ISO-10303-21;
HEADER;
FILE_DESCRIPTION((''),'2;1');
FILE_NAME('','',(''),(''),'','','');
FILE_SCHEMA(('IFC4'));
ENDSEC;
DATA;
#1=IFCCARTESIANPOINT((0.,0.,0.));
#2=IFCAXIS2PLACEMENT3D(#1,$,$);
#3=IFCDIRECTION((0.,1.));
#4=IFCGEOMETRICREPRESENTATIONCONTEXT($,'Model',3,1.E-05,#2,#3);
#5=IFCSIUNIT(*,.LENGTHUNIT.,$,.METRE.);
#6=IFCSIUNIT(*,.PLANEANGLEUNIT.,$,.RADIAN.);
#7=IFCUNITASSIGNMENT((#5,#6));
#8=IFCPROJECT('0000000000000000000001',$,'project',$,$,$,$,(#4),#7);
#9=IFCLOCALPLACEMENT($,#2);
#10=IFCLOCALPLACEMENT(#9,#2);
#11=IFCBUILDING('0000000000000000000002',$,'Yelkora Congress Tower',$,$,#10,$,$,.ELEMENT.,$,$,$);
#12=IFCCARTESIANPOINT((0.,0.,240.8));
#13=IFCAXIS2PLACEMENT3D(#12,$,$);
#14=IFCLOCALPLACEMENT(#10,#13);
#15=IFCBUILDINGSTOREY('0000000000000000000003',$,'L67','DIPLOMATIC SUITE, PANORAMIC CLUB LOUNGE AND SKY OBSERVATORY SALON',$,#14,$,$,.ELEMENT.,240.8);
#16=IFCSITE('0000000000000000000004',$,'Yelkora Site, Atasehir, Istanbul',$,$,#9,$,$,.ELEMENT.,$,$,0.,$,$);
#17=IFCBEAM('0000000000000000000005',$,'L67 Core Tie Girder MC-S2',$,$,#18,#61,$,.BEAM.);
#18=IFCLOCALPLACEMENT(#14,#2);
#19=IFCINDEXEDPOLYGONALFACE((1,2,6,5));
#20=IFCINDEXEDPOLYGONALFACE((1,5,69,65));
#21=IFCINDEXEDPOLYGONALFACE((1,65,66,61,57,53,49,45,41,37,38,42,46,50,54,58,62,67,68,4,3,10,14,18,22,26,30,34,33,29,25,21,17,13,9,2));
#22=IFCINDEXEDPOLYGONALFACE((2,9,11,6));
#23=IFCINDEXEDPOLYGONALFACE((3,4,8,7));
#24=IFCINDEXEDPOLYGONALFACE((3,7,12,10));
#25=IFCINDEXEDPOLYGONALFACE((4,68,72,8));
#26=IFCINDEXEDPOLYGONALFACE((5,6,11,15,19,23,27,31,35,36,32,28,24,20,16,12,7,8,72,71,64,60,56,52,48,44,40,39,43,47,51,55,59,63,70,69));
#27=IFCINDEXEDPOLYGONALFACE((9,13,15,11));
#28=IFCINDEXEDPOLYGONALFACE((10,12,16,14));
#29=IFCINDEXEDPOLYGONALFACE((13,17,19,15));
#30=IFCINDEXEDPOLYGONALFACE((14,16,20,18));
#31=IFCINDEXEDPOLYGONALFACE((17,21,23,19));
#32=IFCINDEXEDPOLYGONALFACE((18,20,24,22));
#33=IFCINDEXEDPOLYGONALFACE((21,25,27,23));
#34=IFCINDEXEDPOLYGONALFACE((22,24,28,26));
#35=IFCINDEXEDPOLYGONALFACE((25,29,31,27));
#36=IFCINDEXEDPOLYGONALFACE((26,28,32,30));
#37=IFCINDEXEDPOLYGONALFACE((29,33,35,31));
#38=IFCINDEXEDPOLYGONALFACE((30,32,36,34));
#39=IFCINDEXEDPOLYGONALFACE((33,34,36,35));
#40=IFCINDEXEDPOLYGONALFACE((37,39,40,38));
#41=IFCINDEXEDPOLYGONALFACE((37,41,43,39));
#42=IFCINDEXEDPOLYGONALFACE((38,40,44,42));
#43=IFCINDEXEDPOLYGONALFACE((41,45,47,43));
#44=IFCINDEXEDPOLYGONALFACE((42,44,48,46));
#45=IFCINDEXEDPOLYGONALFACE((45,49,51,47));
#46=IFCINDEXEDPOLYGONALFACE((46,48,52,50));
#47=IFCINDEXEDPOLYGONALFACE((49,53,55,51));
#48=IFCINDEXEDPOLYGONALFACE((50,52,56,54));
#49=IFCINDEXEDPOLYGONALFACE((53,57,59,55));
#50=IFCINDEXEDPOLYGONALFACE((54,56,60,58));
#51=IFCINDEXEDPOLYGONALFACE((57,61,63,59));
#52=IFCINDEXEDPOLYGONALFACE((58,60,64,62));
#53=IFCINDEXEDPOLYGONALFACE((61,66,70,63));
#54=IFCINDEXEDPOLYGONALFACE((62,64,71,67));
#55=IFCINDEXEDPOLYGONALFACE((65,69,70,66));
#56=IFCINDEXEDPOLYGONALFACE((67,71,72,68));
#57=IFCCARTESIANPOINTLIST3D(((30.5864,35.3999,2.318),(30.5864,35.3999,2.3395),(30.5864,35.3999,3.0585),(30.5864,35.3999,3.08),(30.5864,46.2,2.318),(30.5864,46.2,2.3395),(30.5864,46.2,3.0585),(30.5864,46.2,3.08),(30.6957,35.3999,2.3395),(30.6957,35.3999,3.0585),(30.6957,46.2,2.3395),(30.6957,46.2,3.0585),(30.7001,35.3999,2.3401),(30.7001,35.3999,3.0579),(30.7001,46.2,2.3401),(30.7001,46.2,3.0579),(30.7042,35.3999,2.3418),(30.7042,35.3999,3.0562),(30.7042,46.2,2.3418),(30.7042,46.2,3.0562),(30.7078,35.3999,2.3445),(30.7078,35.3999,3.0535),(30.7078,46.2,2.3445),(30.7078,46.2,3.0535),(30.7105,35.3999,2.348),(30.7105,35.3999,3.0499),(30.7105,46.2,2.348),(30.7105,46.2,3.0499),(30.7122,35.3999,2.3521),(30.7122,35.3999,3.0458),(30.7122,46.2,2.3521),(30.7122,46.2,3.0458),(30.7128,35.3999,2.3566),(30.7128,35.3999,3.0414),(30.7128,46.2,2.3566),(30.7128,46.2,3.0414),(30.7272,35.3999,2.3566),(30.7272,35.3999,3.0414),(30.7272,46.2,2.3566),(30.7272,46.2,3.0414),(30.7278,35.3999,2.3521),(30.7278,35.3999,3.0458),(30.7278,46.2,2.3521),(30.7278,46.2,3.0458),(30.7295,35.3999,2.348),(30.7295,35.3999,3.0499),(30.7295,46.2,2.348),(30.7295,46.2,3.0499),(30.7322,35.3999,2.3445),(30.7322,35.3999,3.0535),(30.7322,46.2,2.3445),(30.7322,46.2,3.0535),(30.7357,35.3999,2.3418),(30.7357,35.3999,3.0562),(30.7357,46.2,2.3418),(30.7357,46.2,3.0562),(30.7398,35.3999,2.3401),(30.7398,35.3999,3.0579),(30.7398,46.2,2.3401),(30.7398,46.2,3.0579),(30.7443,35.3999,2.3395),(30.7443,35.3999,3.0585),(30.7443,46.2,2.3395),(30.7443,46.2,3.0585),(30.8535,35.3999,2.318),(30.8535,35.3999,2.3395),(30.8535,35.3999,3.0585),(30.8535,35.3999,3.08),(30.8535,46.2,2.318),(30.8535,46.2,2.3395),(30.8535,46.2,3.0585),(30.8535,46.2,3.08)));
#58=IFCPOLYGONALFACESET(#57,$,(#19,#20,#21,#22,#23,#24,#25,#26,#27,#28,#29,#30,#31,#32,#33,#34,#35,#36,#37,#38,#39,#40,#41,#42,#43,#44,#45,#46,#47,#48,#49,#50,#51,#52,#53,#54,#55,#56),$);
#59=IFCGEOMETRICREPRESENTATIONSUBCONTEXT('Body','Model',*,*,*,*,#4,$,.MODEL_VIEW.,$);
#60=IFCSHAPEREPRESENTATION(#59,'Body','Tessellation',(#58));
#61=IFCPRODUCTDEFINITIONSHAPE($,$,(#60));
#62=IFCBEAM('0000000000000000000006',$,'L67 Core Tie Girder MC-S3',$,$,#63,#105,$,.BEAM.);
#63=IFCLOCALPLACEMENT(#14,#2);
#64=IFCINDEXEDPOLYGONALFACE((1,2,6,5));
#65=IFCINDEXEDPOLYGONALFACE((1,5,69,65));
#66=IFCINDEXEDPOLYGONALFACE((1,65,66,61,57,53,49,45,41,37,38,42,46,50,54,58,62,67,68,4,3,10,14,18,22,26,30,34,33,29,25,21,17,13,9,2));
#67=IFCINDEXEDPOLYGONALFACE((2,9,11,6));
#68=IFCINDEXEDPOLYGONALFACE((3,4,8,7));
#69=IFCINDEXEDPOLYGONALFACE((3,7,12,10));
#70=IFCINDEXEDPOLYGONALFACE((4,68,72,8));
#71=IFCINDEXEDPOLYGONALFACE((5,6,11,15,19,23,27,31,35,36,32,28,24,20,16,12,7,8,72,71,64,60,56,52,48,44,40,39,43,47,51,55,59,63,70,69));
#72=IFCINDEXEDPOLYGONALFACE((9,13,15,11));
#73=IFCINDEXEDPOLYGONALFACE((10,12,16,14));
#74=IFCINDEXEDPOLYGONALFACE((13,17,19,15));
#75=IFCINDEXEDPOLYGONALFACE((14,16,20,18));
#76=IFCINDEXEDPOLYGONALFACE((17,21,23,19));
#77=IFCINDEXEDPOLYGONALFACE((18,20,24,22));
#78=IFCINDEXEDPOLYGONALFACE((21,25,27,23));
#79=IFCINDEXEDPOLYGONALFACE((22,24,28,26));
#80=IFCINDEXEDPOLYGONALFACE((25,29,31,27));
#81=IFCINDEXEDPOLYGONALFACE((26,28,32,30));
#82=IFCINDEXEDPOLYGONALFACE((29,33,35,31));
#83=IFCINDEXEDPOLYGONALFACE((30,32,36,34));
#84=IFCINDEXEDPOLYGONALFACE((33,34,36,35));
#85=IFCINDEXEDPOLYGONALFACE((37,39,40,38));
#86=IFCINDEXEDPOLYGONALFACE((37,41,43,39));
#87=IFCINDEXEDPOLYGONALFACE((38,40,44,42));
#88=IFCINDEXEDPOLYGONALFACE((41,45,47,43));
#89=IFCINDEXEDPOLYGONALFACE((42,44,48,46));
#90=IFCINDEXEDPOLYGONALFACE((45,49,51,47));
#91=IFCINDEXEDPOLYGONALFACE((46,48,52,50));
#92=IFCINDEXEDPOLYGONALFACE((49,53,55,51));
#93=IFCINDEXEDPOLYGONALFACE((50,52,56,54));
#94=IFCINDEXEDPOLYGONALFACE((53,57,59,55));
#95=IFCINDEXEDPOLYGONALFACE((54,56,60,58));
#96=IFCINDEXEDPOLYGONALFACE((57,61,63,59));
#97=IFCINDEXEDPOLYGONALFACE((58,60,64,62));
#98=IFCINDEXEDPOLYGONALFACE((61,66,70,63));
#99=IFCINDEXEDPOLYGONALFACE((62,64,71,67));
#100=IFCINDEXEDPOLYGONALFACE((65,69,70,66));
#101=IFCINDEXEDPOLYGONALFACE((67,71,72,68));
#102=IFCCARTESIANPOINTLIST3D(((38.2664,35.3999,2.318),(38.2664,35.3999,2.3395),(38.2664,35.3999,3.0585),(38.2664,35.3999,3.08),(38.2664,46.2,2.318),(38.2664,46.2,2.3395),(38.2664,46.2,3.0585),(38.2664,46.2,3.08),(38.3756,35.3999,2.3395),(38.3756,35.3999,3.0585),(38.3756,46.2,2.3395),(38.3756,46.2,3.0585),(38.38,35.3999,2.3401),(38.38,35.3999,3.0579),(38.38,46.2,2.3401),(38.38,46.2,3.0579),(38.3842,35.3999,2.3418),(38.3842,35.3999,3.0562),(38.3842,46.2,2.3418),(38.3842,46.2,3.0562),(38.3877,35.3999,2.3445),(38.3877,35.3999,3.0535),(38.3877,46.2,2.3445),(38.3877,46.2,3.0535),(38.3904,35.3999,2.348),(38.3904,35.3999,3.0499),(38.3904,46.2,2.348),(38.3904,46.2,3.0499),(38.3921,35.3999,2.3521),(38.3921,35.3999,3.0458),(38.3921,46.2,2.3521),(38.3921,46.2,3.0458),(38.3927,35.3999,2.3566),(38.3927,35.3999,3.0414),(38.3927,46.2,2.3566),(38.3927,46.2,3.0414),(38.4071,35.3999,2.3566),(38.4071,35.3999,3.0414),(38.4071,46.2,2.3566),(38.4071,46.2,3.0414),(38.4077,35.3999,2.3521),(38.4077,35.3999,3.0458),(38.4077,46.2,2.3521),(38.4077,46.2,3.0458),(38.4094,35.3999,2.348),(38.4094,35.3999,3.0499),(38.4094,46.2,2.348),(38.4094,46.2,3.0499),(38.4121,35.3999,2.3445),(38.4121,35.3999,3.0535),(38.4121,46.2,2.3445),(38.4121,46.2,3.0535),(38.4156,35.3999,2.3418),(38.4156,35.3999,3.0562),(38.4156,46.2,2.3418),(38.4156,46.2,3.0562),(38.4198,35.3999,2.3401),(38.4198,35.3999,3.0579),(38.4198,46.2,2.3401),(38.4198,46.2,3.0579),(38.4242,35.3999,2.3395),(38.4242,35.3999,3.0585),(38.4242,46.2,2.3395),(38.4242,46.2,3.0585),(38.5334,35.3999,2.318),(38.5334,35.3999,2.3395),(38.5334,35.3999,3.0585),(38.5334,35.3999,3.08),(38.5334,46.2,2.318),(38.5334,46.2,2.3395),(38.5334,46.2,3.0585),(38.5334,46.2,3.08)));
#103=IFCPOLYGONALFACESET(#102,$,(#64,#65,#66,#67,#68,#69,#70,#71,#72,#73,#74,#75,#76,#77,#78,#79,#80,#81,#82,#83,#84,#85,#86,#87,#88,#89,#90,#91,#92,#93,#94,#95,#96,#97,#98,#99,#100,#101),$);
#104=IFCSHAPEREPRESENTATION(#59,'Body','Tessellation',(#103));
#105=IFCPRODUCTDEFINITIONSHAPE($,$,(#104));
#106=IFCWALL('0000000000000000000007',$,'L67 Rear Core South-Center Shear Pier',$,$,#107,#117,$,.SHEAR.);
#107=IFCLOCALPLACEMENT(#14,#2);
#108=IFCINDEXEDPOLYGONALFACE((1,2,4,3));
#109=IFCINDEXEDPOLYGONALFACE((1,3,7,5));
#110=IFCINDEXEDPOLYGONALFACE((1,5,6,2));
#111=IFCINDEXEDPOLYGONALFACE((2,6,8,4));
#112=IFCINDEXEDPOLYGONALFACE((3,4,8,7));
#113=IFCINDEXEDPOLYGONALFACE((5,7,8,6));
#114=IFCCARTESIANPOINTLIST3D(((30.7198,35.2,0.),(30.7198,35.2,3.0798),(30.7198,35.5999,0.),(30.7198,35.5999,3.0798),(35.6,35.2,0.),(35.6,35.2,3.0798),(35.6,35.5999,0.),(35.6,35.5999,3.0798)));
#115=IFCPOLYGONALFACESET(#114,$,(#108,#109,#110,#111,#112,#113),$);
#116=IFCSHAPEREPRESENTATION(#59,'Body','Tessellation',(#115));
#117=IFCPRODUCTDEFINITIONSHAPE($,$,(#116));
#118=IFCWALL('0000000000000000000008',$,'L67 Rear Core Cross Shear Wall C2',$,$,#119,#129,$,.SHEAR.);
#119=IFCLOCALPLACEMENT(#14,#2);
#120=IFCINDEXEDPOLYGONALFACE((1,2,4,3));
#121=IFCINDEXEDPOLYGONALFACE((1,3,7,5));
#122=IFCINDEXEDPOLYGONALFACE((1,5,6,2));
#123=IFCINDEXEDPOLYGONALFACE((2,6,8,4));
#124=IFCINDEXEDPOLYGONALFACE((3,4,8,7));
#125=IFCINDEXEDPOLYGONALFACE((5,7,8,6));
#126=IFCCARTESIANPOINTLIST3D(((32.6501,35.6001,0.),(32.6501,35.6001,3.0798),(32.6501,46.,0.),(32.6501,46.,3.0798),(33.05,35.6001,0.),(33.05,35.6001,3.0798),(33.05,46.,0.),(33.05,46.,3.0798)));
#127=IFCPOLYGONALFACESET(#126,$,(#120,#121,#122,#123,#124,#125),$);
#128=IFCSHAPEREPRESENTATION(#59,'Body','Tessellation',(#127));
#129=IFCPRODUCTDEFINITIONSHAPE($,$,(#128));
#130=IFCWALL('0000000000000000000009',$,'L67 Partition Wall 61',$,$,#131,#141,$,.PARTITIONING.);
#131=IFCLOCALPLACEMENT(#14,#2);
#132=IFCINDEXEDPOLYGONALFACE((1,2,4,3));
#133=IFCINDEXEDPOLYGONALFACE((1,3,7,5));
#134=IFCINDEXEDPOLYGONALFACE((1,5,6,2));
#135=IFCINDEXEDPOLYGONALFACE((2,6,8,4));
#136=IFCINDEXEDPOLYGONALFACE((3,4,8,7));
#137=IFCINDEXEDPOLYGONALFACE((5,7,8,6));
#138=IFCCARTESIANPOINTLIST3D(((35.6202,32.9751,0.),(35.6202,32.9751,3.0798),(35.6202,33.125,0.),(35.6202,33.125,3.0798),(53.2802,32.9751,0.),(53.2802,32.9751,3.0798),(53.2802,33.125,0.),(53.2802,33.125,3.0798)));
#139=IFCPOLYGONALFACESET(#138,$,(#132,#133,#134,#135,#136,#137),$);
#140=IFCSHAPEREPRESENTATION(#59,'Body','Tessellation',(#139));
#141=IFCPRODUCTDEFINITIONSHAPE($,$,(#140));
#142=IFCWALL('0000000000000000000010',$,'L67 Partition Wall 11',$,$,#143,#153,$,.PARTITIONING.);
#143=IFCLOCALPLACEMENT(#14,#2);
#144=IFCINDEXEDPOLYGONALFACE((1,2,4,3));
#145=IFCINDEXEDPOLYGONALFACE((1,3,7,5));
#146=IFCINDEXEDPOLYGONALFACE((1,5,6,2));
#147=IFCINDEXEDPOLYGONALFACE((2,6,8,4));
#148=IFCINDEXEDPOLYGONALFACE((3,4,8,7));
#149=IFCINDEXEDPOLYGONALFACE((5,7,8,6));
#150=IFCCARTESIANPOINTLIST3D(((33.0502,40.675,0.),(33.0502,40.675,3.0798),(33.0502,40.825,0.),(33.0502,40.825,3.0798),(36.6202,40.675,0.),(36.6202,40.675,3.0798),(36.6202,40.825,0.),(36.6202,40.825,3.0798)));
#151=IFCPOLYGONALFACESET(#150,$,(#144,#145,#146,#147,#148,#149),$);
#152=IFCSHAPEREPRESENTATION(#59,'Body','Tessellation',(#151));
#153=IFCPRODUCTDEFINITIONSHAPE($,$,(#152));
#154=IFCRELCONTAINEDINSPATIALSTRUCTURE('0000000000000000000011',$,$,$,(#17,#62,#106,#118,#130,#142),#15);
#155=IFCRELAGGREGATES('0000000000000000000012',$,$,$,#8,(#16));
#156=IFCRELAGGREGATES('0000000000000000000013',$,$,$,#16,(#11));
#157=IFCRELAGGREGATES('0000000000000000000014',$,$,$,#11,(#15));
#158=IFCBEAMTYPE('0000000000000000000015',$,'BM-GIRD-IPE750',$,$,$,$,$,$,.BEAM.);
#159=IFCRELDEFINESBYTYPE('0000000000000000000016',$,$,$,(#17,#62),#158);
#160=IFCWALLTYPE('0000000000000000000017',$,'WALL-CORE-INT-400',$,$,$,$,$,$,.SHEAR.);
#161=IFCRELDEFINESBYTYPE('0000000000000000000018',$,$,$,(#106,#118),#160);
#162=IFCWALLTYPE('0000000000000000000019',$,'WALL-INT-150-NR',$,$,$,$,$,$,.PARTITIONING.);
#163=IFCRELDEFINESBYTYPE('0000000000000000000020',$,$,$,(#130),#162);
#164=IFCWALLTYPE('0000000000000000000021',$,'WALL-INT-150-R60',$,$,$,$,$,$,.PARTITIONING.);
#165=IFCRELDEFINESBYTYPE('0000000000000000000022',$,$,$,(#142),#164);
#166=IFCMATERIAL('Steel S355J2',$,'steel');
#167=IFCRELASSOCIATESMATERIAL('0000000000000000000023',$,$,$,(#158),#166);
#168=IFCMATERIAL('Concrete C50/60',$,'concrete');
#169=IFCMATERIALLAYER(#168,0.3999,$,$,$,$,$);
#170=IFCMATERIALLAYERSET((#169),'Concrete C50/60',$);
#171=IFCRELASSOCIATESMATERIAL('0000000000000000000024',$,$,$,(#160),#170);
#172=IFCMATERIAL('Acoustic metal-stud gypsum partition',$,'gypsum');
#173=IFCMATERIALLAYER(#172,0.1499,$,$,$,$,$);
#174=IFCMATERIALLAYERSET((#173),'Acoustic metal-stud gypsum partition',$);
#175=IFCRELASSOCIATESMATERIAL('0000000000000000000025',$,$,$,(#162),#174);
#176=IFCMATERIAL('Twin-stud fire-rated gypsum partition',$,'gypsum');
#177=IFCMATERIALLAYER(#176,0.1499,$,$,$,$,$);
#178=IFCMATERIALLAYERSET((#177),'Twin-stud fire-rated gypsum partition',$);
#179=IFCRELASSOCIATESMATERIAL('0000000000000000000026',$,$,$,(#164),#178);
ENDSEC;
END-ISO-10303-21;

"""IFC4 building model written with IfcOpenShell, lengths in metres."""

from ifc_helpers import new_model, si_unit, direction, frame, frame_2d, origin, origin_2d, place, context, subcontext, project, spatial, rectangle, i_section, extrude, material, layer, layer_set, material_profile, profile_set, type_object, element, save


model = new_model("IFC4")

# Units and contexts
model_context = context("Model", 3, precision=1e-05, world=origin(), true_north=direction((0.0, 1.0)))
body_context = subcontext(model_context, "Body", "Model", "MODEL_VIEW")
ifc_project = project(units=[si_unit("LENGTHUNIT", "METRE"), si_unit("PLANEANGLEUNIT", "RADIAN")], contexts=[model_context])

# Site, building, storey
site_placement = place(None, origin())
site = spatial("IfcSite", under=ifc_project, at=site_placement, Name="Yelkora Site, Atasehir, Istanbul", CompositionType="ELEMENT", RefElevation=0.0)
building_placement = place(site_placement, origin())
building = spatial("IfcBuilding", under=site, at=building_placement, Name="Yelkora Congress Tower", CompositionType="ELEMENT")
storey_placement = place(building_placement, frame((0.0, 0.0, 240.8)))
storey = spatial("IfcBuildingStorey", under=building, at=storey_placement, Name="L67", Description="DIPLOMATIC SUITE, PANORAMIC CLUB LOUNGE AND SKY OBSERVATORY SALON", CompositionType="ELEMENT", Elevation=240.8)

# Beams
ifc_material_1 = material(Name="Steel S355J2", Category="steel")
ifc_material_profile_1 = material_profile(ifc_material_1, i_section(OverallWidth=0.2671, OverallDepth=0.762, WebThickness=0.0144, FlangeThickness=0.0215, FilletRadius=0.0171, at=origin_2d()), Name="IPE 750x173")
ifc_profile_set_1 = profile_set([ifc_material_profile_1], Name="Steel S355J2")
beam_type = type_object("IfcBeamType", Name="BM-GIRD-IPE750", PredefinedType="BEAM", material=ifc_profile_set_1)
for number, where, z_axis, x_axis, name in (
    (1, (30.72, 35.3999, 2.699), (0.0, 1.0, 0.0), (-1.0, 0.0, 0.0), "L67 Core Tie Girder MC-S2"),
    (2, (38.3999, 35.3999, 2.699), (0.0, 1.0, 0.0), (-1.0, 0.0, 0.0), "L67 Core Tie Girder MC-S3"),
):
    element("IfcBeam", number, at=place(storey_placement, frame(where, z_axis=z_axis, x_axis=x_axis)), inside=storey, type_object=beam_type, Name=name, PredefinedType="BEAM", context=body_context, shape_type="SweptSolid", body=[
        extrude(i_section(OverallWidth=0.2671, OverallDepth=0.762, WebThickness=0.0144, FlangeThickness=0.0215, FilletRadius=0.0171, at=origin_2d()), origin(), (0.0, 0.0, 1.0), 10.8),
    ])

# Wall
ifc_material_2 = material(Name="Concrete C50/60", Category="concrete")
ifc_layer_1 = layer(ifc_material_2, 0.3999)
ifc_layer_set_1 = layer_set([ifc_layer_1], Name="Concrete C50/60")
wall_type_1 = type_object("IfcWallType", Name="WALL-CORE-INT-400", PredefinedType="SHEAR", material=ifc_layer_set_1)
wall_1_placement = place(storey_placement, frame((30.72, 35.3999, 0.0), z_axis=(0.0, 0.0, 1.0), x_axis=(1.0, 0.0, 0.0)))
element("IfcWall", 3, at=wall_1_placement, inside=storey, type_object=wall_type_1, Name="L67 Rear Core South-Center Shear Pier", PredefinedType="SHEAR", context=body_context, shape_type="SweptSolid", body=[
    extrude(rectangle(XDim=4.8801, YDim=0.3999, at=frame_2d((2.4399, 0.0))), origin(), (0.0, 0.0, 1.0), 3.0798),
])

# Walls
wall_2_placement = place(storey_placement, frame((32.8501, 35.6001, 0.0), z_axis=(0.0, 0.0, 1.0), x_axis=(0.0, 1.0, 0.0)))
element("IfcWall", 4, at=wall_2_placement, inside=storey, type_object=wall_type_1, Name="L67 Rear Core Cross Shear Wall C2", PredefinedType="SHEAR", context=body_context, shape_type="SweptSolid", body=[
    extrude(rectangle(XDim=10.3999, YDim=0.3999, at=frame_2d((5.2, 0.0))), origin(), (0.0, 0.0, 1.0), 3.0798),
])
ifc_material_3 = material(Name="Acoustic metal-stud gypsum partition", Category="gypsum")
ifc_layer_2 = layer(ifc_material_3, 0.1499)
ifc_layer_set_2 = layer_set([ifc_layer_2], Name="Acoustic metal-stud gypsum partition")
wall_type_2 = type_object("IfcWallType", Name="WALL-INT-150-NR", PredefinedType="PARTITIONING", material=ifc_layer_set_2)
wall_3_placement = place(storey_placement, frame((35.6201, 33.05, 0.0), z_axis=(0.0, 0.0, 1.0), x_axis=(1.0, 0.0, 0.0)))
element("IfcWall", 5, at=wall_3_placement, inside=storey, type_object=wall_type_2, Name="L67 Partition Wall 61", PredefinedType="PARTITIONING", context=body_context, shape_type="SweptSolid", body=[
    extrude(rectangle(XDim=17.6599, YDim=0.1499, at=frame_2d((8.8301, 0.0))), origin(), (0.0, 0.0, 1.0), 3.0798),
])
ifc_material_4 = material(Name="Twin-stud fire-rated gypsum partition", Category="gypsum")
ifc_layer_3 = layer(ifc_material_4, 0.1499)
ifc_layer_set_3 = layer_set([ifc_layer_3], Name="Twin-stud fire-rated gypsum partition")
wall_type_3 = type_object("IfcWallType", Name="WALL-INT-150-R60", PredefinedType="PARTITIONING", material=ifc_layer_set_3)
wall_4_placement = place(storey_placement, frame((33.05, 40.75, 0.0), z_axis=(0.0, 0.0, 1.0), x_axis=(1.0, 0.0, 0.0)))
element("IfcWall", 6, at=wall_4_placement, inside=storey, type_object=wall_type_3, Name="L67 Partition Wall 11", PredefinedType="PARTITIONING", context=body_context, shape_type="SweptSolid", body=[
    extrude(rectangle(XDim=3.5701, YDim=0.1499, at=frame_2d((1.7852, 0.0))), origin(), (0.0, 0.0, 1.0), 3.0798),
])

save(model, "model.ifc")
